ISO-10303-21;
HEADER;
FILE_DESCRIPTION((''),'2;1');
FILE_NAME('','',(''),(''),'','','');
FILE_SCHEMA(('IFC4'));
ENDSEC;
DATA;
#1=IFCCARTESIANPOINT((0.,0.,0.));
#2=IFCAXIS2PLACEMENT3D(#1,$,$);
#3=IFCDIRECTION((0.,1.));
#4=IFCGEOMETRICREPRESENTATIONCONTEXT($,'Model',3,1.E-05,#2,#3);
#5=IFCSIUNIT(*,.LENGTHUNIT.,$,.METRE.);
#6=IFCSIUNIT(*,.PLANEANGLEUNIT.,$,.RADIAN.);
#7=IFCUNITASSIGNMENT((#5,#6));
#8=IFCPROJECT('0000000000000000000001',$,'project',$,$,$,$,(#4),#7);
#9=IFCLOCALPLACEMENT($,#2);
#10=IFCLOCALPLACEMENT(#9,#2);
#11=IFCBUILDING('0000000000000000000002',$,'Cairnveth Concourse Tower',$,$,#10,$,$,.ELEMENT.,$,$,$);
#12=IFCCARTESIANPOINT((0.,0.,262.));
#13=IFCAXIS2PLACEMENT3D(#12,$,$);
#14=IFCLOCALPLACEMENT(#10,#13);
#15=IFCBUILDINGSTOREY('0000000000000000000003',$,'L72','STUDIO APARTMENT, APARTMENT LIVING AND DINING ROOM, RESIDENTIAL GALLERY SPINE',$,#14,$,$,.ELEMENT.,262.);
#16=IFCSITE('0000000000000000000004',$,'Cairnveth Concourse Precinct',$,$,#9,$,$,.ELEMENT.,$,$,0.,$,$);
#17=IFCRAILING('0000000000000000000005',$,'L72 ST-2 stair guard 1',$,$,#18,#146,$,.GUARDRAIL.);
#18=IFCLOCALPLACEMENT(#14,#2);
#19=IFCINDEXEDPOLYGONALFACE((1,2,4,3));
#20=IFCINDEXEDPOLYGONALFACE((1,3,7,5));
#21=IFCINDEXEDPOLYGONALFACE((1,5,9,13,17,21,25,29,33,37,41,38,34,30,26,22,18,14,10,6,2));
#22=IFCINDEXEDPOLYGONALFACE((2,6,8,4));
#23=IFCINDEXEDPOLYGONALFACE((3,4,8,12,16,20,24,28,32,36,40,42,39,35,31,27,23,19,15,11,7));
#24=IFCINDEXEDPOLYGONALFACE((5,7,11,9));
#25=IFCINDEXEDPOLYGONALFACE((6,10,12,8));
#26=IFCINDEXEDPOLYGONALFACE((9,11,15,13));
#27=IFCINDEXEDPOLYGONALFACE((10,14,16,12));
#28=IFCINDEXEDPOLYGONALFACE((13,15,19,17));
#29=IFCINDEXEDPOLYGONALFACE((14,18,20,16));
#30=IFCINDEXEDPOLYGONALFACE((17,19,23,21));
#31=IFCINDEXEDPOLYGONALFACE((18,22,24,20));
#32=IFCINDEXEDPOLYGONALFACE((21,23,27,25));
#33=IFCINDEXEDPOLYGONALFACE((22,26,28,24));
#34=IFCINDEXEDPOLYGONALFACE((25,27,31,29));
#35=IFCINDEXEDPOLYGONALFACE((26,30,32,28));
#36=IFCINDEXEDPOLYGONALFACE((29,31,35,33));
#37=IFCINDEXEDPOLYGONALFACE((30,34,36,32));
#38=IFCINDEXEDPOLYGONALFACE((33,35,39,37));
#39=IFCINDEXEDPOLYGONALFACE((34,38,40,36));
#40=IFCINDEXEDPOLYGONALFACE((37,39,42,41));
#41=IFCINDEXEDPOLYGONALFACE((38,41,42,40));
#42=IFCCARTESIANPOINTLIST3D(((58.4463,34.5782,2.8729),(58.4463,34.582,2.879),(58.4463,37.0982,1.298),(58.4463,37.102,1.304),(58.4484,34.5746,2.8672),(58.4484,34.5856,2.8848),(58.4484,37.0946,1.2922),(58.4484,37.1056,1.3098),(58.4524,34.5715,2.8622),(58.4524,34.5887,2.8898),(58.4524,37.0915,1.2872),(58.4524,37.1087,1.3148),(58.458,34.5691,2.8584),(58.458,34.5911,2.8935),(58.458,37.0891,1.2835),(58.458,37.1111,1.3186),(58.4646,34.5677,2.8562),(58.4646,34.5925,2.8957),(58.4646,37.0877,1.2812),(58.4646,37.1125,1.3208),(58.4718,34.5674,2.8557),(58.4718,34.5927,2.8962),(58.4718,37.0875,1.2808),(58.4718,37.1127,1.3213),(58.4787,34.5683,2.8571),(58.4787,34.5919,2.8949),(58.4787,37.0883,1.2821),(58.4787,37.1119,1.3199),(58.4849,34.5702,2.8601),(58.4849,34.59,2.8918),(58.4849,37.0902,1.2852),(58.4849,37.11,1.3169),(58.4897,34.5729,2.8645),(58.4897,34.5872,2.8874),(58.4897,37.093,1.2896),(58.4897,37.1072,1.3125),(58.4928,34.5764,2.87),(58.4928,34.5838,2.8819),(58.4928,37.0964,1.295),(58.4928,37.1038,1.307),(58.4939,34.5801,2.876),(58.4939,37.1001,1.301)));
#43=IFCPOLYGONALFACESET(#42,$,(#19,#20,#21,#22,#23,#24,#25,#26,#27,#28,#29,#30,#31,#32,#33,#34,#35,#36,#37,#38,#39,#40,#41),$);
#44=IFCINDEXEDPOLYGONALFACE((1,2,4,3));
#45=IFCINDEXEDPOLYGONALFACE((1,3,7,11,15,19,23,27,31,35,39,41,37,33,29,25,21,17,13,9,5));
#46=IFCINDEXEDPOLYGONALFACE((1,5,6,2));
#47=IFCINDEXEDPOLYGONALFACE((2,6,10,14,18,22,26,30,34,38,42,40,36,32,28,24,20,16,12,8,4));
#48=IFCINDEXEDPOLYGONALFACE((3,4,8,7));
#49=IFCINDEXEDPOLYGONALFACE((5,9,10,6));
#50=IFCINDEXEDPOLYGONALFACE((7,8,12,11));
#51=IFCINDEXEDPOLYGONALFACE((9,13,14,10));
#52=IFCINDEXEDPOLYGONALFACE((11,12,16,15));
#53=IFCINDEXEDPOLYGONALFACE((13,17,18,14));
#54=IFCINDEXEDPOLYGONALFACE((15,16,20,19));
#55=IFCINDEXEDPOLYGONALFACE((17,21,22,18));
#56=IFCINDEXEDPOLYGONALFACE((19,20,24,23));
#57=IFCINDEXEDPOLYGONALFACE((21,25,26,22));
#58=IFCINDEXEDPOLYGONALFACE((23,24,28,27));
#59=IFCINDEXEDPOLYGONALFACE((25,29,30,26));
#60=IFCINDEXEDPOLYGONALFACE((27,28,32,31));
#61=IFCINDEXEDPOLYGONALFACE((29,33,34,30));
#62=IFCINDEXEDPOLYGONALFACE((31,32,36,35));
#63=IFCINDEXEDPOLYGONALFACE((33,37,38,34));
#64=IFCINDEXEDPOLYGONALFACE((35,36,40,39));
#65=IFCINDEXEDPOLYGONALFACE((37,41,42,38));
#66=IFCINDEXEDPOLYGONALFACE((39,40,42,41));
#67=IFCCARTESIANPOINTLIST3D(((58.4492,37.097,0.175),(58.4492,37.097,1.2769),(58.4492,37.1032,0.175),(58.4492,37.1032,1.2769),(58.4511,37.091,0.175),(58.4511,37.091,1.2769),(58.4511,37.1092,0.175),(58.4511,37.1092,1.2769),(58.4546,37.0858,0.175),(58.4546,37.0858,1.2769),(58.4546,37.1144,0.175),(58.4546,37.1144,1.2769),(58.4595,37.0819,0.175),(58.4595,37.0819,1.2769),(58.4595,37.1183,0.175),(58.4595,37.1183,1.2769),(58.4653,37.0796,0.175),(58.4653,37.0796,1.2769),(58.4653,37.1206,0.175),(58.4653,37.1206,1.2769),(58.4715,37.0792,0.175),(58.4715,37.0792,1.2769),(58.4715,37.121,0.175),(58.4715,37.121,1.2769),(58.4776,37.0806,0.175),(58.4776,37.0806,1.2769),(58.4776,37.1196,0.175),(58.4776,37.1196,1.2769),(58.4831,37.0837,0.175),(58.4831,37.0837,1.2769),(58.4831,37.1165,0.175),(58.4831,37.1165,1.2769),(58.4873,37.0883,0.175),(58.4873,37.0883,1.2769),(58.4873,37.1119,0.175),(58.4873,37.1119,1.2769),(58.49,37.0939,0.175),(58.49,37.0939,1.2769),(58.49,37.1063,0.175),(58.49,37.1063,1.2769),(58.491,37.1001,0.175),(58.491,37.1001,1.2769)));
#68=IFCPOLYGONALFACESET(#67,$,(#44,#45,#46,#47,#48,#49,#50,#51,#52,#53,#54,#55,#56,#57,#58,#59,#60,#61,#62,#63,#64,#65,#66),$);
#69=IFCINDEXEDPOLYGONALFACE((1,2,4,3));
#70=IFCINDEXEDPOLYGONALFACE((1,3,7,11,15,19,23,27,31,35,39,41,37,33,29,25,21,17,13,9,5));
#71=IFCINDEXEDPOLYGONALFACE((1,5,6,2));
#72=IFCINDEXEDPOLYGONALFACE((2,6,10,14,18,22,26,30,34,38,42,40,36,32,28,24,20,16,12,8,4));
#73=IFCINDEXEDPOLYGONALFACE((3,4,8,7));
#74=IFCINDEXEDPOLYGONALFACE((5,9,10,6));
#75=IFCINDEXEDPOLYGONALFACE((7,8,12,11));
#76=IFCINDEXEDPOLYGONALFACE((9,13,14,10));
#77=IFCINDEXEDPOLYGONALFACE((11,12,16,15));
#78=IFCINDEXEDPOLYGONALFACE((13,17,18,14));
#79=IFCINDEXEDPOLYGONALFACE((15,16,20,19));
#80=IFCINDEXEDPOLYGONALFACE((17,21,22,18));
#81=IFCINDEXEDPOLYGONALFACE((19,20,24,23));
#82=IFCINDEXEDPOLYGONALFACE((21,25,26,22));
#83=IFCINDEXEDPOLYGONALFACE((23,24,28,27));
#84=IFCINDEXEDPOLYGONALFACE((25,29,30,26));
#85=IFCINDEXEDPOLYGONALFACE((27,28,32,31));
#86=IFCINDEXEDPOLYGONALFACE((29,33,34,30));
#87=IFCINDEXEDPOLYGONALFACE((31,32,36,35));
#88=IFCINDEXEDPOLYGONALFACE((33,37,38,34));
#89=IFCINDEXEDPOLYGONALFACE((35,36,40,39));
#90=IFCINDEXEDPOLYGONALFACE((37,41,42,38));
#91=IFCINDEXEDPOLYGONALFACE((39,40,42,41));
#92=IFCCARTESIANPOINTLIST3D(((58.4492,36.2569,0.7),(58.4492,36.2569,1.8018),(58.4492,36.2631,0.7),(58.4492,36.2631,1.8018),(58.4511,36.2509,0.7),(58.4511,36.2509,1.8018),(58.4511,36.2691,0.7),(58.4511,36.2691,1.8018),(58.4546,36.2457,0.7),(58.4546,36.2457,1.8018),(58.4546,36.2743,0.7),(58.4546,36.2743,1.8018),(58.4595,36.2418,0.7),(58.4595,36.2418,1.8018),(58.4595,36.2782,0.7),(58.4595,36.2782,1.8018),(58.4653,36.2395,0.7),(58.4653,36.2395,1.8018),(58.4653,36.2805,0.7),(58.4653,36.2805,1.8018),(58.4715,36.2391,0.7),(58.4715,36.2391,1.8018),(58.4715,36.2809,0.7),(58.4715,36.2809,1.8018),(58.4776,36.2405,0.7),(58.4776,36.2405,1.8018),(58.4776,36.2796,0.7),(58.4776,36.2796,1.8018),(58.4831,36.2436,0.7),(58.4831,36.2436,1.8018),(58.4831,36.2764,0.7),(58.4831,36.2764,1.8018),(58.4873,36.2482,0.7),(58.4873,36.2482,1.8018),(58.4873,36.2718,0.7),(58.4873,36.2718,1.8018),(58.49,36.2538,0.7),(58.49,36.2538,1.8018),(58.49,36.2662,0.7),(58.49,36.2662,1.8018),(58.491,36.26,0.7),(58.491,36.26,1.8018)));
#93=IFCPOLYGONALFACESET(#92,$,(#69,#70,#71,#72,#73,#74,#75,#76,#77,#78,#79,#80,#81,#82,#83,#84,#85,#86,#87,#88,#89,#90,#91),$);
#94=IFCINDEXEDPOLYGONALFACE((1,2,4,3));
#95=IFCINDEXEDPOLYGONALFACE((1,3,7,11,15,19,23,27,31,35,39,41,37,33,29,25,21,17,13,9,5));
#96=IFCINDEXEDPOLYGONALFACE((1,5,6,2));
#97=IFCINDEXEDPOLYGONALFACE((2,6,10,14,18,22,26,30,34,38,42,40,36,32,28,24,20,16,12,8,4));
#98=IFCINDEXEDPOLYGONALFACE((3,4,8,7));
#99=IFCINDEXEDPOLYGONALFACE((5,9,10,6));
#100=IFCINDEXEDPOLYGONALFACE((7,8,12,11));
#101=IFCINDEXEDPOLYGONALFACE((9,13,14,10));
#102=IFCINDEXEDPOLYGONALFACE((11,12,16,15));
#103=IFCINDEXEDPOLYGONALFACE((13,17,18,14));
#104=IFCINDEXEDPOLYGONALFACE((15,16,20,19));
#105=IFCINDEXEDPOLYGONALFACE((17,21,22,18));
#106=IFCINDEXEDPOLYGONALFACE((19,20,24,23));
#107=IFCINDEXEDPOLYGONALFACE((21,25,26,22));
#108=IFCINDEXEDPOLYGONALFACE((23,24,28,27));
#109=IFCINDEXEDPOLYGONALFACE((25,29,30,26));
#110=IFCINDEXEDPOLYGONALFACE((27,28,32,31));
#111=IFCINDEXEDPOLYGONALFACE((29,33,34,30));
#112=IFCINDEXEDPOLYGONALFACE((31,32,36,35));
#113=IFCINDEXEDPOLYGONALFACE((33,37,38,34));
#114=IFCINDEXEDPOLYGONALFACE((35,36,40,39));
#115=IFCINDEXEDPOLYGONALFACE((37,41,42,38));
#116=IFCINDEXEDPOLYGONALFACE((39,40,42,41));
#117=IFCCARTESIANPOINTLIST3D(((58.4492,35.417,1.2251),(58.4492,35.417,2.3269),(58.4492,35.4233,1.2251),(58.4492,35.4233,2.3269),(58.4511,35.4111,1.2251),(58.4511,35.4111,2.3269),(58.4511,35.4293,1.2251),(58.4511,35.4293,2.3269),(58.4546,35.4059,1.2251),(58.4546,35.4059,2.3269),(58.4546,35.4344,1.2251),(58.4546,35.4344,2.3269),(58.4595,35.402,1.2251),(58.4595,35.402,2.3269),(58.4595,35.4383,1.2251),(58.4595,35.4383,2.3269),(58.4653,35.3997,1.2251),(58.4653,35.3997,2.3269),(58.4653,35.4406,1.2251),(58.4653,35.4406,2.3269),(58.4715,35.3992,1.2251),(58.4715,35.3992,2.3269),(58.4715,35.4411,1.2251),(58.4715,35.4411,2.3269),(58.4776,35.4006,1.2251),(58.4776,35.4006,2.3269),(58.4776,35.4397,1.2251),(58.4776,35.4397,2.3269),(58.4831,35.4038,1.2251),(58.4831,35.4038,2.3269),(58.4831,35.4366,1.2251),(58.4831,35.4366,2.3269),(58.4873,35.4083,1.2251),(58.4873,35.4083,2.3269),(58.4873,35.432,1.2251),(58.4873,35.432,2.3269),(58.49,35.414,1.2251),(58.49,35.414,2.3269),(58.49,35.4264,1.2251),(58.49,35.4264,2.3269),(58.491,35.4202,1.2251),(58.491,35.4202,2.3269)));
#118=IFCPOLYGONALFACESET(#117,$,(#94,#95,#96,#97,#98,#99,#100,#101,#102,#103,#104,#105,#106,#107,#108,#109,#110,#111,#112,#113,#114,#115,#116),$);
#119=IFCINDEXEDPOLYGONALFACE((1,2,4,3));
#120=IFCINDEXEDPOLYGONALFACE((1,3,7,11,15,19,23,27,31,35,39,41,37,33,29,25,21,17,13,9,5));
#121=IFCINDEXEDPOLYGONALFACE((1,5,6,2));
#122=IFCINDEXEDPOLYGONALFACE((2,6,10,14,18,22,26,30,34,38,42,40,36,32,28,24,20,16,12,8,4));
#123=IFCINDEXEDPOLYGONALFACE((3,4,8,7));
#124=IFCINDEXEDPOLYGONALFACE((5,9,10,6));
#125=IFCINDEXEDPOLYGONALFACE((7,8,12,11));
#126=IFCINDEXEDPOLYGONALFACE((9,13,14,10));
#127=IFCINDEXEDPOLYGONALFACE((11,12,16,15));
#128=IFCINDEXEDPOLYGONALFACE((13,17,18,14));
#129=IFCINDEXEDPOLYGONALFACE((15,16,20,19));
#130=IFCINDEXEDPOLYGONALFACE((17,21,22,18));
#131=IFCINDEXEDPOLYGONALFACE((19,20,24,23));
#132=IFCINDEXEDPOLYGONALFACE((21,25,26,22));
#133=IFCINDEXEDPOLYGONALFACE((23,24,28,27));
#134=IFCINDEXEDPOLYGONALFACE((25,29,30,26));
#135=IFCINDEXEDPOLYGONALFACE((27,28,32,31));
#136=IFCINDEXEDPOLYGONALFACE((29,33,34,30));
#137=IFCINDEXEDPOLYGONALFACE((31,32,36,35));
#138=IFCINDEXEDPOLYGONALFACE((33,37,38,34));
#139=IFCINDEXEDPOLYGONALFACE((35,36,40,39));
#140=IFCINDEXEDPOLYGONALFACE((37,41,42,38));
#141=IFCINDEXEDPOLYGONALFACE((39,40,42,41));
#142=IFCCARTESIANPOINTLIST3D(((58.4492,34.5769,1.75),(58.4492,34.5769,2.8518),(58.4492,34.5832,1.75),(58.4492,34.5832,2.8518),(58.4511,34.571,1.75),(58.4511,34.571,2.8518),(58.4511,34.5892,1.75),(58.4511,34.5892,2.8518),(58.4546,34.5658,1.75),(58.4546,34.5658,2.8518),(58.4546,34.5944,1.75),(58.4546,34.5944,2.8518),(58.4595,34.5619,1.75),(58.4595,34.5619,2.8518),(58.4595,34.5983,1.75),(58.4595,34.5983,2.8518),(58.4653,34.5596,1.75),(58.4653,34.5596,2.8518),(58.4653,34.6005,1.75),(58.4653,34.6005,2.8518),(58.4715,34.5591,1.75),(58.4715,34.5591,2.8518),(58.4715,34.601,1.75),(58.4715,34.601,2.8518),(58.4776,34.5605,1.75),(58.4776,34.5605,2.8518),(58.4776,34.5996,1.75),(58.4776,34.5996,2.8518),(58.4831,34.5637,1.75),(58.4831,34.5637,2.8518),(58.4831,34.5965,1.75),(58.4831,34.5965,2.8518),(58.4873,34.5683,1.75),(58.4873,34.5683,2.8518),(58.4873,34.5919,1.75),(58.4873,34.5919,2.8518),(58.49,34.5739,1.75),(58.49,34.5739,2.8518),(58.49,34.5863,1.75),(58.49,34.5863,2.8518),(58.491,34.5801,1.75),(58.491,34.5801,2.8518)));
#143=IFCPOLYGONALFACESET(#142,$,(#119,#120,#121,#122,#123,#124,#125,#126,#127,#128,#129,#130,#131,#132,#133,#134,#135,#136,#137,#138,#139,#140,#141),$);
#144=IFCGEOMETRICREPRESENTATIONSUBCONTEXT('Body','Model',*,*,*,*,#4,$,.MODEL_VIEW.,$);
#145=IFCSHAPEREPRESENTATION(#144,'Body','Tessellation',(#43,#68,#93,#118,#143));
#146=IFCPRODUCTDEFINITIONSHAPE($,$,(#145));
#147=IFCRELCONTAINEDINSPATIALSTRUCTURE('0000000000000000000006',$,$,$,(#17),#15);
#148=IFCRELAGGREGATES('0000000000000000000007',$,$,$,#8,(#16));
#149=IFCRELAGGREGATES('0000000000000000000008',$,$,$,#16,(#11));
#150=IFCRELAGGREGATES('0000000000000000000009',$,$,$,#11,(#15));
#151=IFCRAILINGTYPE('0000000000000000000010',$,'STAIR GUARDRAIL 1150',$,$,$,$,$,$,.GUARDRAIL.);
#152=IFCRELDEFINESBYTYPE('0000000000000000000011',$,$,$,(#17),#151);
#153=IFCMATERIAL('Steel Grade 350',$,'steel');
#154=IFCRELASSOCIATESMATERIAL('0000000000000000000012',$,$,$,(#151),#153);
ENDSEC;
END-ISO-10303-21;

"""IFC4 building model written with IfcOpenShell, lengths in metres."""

from ifc_helpers import new_model, si_unit, direction, frame, origin, origin_2d, place, context, subcontext, project, spatial, circle, extrude, material, type_object, element, save


model = new_model("IFC4")

# Units and contexts
model_context = context("Model", 3, precision=1e-05, world=origin(), true_north=direction((0.0, 1.0)))
body_context = subcontext(model_context, "Body", "Model", "MODEL_VIEW")
ifc_project = project(units=[si_unit("LENGTHUNIT", "METRE"), si_unit("PLANEANGLEUNIT", "RADIAN")], contexts=[model_context])

# Site, building, storey
site_placement = place(None, origin())
site = spatial("IfcSite", under=ifc_project, at=site_placement, Name="Cairnveth Concourse Precinct", CompositionType="ELEMENT", RefElevation=0.0)
building_placement = place(site_placement, origin())
building = spatial("IfcBuilding", under=site, at=building_placement, Name="Cairnveth Concourse Tower", CompositionType="ELEMENT")
storey_placement = place(building_placement, frame((0.0, 0.0, 262.0)))
storey = spatial("IfcBuildingStorey", under=building, at=storey_placement, Name="L72", Description="STUDIO APARTMENT, APARTMENT LIVING AND DINING ROOM, RESIDENTIAL GALLERY SPINE", CompositionType="ELEMENT", Elevation=262.0)

# Shared definitions
ifc_material_1 = material(Name="Steel Grade 350", Category="steel")

# Railing
railing_type = type_object("IfcRailingType", Name="STAIR GUARDRAIL 1150", PredefinedType="GUARDRAIL", material=ifc_material_1)
railing_1_placement = place(storey_placement, frame((58.47, 37.1001, 0.175)))
element("IfcRailing", 1, at=railing_1_placement, inside=storey, type_object=railing_type, Name="L72 ST-2 stair guard 1", PredefinedType="GUARDRAIL", context=body_context, shape_type="SweptSolid", body=[
    extrude(circle(Radius=0.0239, at=origin_2d()), frame((0.0, 0.0, 1.126), z_axis=(0.0, -0.848008, 0.529984), x_axis=(1.0, 0.0, 0.0)), (0.0, 0.0, 1.0), 2.9717),
    extrude(circle(Radius=0.021, at=origin_2d()), origin(), (0.0, 0.0, 1.0), 1.1018),
    extrude(circle(Radius=0.021, at=origin_2d()), frame((0.0, -0.8401, 0.5249)), (0.0, 0.0, 1.0), 1.1018),
    extrude(circle(Radius=0.021, at=origin_2d()), frame((0.0, -1.6799, 1.05)), (0.0, 0.0, 1.0), 1.1018),
    extrude(circle(Radius=0.021, at=origin_2d()), frame((0.0, -2.52, 1.575)), (0.0, 0.0, 1.0), 1.1018),
])

save(model, "model.ifc")
